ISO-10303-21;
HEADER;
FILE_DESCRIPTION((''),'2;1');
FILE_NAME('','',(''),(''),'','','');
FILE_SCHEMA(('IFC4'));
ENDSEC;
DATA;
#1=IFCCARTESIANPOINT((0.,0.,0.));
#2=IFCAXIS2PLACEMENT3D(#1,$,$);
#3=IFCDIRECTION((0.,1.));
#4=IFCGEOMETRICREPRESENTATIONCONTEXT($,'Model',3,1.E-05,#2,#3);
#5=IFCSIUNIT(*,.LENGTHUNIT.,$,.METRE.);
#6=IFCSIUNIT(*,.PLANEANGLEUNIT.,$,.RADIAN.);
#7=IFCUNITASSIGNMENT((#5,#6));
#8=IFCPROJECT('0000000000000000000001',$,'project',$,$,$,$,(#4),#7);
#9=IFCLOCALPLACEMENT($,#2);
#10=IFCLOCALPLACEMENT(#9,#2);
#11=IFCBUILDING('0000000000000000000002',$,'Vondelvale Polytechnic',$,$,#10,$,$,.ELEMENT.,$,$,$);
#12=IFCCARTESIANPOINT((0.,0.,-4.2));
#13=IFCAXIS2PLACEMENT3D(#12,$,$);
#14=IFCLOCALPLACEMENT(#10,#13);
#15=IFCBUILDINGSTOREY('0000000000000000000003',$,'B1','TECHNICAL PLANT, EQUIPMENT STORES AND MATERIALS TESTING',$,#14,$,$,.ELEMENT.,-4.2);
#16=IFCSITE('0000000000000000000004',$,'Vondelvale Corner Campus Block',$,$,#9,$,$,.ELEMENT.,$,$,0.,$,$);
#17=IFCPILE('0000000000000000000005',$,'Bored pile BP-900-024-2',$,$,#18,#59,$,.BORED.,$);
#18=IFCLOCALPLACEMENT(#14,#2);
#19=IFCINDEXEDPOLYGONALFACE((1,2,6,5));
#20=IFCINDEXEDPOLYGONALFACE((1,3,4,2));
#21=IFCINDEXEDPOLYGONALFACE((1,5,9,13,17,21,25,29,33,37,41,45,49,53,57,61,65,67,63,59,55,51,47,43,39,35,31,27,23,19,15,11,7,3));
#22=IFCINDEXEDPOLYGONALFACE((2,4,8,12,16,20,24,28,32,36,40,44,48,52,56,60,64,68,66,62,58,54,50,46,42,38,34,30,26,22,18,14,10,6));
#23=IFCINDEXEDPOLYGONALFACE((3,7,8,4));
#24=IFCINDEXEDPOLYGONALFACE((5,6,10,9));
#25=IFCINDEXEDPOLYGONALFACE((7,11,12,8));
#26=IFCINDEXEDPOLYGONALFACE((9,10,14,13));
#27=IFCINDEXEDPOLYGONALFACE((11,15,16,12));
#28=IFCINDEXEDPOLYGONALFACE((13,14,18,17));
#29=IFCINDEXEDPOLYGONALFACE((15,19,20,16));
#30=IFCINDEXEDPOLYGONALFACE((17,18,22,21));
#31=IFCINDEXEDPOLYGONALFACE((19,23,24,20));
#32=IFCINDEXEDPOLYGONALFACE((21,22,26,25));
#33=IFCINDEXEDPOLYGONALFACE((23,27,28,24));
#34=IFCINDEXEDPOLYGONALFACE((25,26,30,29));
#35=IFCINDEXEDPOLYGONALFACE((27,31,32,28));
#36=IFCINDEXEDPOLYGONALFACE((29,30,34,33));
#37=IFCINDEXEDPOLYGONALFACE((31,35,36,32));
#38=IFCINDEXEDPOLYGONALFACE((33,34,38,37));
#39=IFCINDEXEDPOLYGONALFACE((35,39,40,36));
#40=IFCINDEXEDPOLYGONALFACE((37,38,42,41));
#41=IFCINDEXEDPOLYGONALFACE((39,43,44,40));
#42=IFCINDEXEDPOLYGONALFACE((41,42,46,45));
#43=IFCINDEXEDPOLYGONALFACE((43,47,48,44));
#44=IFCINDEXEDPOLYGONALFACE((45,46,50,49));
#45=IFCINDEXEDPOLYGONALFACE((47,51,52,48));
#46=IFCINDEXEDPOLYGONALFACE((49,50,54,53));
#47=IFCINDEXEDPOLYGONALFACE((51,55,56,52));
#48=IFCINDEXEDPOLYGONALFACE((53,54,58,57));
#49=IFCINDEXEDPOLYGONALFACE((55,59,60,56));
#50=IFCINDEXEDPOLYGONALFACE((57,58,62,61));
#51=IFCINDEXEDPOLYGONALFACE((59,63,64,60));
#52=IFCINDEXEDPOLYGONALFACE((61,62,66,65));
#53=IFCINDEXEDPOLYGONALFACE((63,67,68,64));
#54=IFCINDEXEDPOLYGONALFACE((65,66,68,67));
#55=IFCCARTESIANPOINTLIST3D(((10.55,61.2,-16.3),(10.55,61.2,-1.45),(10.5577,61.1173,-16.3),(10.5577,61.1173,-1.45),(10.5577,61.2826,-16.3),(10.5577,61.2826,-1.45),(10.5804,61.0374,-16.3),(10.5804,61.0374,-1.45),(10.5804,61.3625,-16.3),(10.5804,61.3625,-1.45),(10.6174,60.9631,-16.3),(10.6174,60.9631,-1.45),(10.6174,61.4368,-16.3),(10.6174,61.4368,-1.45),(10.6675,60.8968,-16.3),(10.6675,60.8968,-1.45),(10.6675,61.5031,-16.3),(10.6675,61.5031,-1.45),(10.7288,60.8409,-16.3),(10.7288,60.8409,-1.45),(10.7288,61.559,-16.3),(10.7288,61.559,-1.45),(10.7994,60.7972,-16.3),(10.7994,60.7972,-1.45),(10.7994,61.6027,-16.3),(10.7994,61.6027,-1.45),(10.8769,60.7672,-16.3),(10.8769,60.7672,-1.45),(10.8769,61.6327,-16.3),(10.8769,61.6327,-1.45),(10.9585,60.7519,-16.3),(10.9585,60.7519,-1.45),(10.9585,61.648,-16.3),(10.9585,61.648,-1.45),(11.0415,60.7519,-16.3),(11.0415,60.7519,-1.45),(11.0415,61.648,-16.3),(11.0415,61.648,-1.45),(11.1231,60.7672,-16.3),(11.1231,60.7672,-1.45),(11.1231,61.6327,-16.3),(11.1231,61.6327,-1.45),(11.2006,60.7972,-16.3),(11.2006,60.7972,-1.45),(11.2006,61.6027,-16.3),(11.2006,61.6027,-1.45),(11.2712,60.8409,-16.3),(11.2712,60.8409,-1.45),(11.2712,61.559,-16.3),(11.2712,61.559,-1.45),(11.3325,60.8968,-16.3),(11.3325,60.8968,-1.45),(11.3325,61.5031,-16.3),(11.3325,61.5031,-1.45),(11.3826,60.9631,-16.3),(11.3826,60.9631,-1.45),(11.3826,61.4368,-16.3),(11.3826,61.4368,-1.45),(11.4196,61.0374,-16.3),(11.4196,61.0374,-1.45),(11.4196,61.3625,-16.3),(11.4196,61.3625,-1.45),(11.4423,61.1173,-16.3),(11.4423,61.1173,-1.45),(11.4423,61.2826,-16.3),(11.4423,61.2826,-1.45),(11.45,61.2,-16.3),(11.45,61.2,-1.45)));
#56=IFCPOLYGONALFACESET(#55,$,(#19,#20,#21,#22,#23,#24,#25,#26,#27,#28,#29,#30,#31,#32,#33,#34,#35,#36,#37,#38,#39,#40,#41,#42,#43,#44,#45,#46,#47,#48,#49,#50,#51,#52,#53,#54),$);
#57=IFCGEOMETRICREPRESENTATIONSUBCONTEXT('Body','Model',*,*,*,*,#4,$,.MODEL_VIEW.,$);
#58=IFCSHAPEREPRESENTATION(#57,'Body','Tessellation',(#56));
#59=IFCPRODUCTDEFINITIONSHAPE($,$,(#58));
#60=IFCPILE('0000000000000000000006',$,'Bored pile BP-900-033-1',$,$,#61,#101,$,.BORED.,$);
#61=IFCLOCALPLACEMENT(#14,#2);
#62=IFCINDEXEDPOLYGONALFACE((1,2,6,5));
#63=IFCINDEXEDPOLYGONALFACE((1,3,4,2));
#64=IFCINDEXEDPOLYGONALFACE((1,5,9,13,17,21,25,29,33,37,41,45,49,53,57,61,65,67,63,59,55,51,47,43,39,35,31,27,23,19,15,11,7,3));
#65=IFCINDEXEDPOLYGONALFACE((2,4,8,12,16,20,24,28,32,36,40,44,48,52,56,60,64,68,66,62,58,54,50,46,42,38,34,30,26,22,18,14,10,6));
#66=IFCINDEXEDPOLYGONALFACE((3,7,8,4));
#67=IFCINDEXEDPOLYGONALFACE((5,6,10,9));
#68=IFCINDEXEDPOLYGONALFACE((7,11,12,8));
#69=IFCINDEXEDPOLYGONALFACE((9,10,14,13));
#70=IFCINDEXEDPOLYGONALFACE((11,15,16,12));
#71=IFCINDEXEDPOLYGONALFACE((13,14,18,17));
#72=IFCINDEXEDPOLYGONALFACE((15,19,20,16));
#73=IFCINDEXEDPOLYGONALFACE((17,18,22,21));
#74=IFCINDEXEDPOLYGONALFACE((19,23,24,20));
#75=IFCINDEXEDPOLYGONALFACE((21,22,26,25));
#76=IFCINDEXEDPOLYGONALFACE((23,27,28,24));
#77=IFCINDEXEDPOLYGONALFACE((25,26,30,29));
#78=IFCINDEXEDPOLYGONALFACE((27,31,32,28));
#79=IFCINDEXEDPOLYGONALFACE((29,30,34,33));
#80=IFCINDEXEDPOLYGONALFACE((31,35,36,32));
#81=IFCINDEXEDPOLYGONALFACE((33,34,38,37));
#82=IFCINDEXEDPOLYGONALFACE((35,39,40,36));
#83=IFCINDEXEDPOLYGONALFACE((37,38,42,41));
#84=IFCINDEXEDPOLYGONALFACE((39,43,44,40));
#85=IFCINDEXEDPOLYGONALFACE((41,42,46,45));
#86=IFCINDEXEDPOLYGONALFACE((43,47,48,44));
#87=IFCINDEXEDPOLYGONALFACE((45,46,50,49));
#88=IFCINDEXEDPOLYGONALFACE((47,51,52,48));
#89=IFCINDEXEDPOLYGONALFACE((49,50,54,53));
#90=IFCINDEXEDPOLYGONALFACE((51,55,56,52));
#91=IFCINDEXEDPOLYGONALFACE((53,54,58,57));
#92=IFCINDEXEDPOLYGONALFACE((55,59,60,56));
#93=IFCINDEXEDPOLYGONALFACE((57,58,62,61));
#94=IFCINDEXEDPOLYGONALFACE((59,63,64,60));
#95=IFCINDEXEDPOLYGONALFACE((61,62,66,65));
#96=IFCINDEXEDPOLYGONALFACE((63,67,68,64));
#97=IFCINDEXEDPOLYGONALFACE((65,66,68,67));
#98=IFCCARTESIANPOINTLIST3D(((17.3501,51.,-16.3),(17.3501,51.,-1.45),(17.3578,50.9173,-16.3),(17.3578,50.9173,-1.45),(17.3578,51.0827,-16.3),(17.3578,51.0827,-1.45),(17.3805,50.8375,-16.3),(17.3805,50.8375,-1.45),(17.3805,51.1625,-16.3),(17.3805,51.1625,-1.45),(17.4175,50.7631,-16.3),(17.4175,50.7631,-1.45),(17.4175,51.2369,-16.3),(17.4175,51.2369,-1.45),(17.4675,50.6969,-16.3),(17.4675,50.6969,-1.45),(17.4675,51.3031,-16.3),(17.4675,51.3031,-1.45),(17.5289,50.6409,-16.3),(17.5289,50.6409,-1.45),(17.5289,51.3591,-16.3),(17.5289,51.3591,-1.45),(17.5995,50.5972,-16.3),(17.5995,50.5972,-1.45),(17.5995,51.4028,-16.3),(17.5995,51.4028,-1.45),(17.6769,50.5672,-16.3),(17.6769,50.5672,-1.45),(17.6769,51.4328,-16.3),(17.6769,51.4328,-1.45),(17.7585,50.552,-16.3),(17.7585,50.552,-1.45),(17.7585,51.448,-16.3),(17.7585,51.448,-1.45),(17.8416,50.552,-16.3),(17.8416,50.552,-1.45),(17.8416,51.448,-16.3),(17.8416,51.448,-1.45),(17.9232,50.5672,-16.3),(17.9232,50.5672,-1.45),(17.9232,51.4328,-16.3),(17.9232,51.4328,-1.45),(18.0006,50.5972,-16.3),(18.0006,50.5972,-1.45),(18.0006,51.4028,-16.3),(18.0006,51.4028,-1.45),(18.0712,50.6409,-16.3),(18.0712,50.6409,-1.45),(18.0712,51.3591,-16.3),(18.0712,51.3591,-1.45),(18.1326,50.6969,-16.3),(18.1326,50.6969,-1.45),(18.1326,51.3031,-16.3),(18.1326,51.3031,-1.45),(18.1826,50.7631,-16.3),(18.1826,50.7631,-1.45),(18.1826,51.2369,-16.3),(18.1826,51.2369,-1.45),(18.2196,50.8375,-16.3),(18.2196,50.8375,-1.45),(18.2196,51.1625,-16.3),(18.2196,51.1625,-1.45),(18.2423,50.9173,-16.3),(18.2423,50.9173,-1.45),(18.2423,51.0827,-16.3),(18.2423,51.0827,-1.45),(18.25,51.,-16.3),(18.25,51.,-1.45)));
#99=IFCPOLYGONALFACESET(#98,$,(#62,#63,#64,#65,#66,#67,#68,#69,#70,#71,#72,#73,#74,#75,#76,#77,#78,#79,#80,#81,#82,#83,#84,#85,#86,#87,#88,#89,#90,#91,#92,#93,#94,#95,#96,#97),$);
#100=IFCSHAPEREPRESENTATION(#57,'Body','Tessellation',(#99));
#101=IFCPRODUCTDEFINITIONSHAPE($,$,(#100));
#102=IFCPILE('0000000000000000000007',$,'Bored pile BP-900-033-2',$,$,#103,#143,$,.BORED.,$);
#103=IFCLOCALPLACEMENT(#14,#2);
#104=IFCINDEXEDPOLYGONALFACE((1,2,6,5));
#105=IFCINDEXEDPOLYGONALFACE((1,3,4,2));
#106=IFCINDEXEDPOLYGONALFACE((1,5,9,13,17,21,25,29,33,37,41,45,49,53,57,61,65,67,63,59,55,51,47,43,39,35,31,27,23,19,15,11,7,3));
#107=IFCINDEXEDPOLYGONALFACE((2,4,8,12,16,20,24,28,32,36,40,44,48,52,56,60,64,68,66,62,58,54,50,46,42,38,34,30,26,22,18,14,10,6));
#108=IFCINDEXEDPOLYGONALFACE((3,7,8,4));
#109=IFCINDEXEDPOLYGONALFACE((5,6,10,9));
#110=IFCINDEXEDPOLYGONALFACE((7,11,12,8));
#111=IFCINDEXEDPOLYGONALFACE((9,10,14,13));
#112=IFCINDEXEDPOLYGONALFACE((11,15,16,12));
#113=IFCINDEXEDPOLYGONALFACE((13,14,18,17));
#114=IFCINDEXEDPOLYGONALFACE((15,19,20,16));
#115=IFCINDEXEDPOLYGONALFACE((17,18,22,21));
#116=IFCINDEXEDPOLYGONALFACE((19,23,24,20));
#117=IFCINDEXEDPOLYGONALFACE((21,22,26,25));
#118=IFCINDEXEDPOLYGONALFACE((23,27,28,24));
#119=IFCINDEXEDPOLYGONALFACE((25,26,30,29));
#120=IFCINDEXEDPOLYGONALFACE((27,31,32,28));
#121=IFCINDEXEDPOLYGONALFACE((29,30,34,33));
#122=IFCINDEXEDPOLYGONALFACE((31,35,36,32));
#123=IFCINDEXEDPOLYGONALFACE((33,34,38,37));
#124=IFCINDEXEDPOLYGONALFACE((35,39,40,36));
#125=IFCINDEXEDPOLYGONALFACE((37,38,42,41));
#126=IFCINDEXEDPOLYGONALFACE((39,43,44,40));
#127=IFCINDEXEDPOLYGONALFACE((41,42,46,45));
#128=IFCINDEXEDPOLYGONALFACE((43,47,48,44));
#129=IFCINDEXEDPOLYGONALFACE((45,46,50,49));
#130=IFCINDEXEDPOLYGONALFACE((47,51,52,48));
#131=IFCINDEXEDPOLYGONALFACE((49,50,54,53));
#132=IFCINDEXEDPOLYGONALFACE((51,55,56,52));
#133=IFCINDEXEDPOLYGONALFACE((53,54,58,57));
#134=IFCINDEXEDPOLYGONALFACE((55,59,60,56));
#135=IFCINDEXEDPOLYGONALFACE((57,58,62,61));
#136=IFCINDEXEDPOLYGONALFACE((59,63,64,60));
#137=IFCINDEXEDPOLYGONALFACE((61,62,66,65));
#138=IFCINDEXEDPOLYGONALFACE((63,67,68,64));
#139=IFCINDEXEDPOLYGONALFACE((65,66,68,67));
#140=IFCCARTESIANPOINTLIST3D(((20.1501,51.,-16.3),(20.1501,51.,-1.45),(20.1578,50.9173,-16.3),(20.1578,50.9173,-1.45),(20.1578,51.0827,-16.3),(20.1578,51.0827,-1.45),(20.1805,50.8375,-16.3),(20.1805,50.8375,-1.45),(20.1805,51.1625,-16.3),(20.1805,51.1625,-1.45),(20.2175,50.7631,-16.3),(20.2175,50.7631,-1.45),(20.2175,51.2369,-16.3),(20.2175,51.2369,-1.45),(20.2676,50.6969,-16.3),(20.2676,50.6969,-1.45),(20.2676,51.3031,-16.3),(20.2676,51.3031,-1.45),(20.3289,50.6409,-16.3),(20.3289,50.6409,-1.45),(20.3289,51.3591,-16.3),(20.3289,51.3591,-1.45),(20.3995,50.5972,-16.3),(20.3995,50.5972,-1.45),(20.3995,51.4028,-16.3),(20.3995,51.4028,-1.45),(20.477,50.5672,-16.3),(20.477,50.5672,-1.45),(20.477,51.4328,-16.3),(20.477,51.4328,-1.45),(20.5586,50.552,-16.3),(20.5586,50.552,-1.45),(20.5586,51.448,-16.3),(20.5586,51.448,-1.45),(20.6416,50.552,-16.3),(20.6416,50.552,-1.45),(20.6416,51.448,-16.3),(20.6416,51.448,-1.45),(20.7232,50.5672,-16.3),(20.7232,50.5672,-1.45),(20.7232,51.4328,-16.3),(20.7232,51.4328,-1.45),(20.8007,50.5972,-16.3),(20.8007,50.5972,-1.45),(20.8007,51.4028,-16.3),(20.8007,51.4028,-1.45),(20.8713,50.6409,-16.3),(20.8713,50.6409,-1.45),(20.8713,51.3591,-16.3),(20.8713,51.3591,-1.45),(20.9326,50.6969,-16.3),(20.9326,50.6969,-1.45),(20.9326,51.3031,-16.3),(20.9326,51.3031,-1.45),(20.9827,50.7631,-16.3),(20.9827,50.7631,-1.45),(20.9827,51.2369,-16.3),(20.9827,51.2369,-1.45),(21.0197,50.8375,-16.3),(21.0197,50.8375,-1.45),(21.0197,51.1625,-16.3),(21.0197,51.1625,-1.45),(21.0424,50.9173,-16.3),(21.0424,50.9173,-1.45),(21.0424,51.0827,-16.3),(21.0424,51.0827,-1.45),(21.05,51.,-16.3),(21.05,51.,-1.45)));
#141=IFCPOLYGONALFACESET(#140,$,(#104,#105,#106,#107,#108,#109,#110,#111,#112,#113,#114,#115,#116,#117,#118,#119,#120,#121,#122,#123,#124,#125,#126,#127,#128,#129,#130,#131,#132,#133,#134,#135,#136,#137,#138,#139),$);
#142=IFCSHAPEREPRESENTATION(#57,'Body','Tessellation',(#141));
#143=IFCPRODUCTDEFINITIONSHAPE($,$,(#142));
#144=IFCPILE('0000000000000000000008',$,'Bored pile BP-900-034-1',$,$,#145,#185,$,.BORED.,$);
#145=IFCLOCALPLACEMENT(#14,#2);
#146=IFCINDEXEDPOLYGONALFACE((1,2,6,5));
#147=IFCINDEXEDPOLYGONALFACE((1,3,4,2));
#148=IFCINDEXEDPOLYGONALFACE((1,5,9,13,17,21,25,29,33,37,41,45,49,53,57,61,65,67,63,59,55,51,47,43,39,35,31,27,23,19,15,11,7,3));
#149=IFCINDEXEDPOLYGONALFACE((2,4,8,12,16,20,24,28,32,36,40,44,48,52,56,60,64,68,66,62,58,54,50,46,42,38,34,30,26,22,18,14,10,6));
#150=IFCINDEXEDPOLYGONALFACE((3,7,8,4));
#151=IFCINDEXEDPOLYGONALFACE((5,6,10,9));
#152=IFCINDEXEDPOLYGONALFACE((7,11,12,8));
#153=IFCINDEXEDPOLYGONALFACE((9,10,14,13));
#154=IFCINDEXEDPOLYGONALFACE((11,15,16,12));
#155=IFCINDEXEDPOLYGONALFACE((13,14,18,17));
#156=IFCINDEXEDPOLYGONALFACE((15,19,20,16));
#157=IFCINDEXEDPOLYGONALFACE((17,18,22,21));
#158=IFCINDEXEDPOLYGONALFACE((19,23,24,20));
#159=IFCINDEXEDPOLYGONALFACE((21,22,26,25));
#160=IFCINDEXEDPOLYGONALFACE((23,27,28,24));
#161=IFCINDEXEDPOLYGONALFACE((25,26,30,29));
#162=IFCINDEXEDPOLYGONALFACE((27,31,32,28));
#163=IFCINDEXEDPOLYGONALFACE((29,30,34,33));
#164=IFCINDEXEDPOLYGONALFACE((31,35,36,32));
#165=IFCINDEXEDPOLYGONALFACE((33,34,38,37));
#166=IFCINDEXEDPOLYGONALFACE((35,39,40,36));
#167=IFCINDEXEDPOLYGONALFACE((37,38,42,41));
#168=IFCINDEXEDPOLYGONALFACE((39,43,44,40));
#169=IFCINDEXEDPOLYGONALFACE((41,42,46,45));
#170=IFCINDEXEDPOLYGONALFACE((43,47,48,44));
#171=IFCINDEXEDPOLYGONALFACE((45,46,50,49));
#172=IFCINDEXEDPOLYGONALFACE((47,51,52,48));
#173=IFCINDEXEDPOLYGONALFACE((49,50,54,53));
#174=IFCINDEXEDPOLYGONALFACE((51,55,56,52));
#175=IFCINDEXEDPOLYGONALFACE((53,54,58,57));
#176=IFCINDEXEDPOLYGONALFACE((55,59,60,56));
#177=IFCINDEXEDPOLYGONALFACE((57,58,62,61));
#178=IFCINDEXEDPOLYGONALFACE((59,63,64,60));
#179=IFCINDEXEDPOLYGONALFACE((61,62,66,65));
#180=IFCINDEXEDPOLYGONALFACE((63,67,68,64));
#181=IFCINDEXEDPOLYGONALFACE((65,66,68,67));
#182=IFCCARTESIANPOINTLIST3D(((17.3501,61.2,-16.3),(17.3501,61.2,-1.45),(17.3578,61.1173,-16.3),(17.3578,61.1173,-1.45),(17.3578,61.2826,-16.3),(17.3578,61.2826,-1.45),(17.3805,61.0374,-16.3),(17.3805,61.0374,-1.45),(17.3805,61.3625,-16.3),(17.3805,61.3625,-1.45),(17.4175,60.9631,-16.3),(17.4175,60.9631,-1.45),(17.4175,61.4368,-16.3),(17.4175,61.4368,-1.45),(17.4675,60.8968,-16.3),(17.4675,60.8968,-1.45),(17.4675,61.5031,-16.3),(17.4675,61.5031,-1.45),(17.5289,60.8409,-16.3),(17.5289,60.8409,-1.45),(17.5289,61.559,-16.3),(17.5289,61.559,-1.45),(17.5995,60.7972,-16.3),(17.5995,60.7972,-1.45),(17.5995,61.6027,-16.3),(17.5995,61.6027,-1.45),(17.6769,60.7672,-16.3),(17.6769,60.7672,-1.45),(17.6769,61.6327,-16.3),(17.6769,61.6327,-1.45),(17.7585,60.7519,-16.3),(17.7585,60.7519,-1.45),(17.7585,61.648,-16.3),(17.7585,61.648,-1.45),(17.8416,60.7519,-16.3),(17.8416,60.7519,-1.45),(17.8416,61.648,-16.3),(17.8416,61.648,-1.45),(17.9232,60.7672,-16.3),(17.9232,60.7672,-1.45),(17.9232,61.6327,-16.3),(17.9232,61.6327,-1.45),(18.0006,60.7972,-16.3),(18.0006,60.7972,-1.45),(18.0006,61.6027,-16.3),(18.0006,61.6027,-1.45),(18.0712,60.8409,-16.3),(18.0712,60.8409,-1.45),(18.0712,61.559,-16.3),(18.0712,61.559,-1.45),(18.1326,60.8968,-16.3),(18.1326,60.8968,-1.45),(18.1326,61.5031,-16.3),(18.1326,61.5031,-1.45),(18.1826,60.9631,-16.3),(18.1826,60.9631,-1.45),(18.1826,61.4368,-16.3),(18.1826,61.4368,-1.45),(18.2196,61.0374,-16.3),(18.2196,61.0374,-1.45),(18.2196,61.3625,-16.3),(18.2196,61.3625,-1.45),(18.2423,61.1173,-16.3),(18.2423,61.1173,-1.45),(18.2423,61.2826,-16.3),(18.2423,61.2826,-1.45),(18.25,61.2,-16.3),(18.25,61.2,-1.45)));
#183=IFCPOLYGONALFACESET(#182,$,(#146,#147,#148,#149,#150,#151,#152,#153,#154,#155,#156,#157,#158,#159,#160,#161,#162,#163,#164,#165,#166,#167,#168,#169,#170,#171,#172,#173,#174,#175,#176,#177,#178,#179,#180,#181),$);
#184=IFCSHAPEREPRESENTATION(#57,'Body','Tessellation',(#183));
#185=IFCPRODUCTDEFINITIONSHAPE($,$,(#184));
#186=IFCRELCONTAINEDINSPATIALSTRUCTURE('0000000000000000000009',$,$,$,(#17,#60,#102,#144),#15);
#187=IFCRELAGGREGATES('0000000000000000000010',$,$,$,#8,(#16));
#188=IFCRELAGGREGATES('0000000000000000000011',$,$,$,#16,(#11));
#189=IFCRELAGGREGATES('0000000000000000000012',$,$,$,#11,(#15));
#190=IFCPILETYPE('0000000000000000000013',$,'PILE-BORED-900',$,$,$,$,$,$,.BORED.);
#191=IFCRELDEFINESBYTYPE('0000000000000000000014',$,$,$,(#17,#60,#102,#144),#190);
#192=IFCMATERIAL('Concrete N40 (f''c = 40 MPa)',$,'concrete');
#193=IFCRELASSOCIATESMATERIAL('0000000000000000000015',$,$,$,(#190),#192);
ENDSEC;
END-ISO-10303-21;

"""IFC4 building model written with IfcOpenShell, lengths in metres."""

from ifc_helpers import new_model, si_unit, direction, frame, origin, origin_2d, place, context, subcontext, project, spatial, circle, extrude, material, material_profile, profile_set, type_object, element, save


model = new_model("IFC4")

# Units and contexts
model_context = context("Model", 3, precision=1e-05, world=origin(), true_north=direction((0.0, 1.0)))
body_context = subcontext(model_context, "Body", "Model", "MODEL_VIEW")
ifc_project = project(units=[si_unit("LENGTHUNIT", "METRE"), si_unit("PLANEANGLEUNIT", "RADIAN")], contexts=[model_context])

# Site, building, storey
site_placement = place(None, origin())
site = spatial("IfcSite", under=ifc_project, at=site_placement, Name="Vondelvale Corner Campus Block", CompositionType="ELEMENT", RefElevation=0.0)
building_placement = place(site_placement, origin())
building = spatial("IfcBuilding", under=site, at=building_placement, Name="Vondelvale Polytechnic", CompositionType="ELEMENT")
storey_placement = place(building_placement, frame((0.0, 0.0, -4.2)))
storey = spatial("IfcBuildingStorey", under=building, at=storey_placement, Name="B1", Description="TECHNICAL PLANT, EQUIPMENT STORES AND MATERIALS TESTING", CompositionType="ELEMENT", Elevation=-4.2)

# Shared definitions
ifc_material_1 = material(Name="Concrete N40 (f'c = 40 MPa)", Category="concrete")

# Piles
ifc_material_profile_1 = material_profile(ifc_material_1, circle(Radius=0.45, at=origin_2d()), Name="PILE-D900")
ifc_profile_set_1 = profile_set([ifc_material_profile_1], Name="Concrete N40 (f'c = 40 MPa)")
pile_type_1 = type_object("IfcPileType", Name="PILE-BORED-900", PredefinedType="BORED", material=ifc_profile_set_1)
for number, where, z_axis, x_axis, name in (
    (1, (11.0, 61.2, -1.45), (0.0, 0.0, -1.0), (1.0, 0.0, 0.0), "Bored pile BP-900-024-2"),
    (2, (17.8, 51.0, -1.45), (0.0, 0.0, -1.0), (1.0, 0.0, 0.0), "Bored pile BP-900-033-1"),
    (3, (20.6001, 51.0, -1.45), (0.0, 0.0, -1.0), (1.0, 0.0, 0.0), "Bored pile BP-900-033-2"),
    (4, (17.8, 61.2, -1.45), (0.0, 0.0, -1.0), (1.0, 0.0, 0.0), "Bored pile BP-900-034-1"),
):
    element("IfcPile", number, at=place(storey_placement, frame(where, z_axis=z_axis, x_axis=x_axis)), inside=storey, type_object=pile_type_1, Name=name, PredefinedType="BORED", context=body_context, shape_type="SweptSolid", body=[
        extrude(circle(Radius=0.45, at=origin_2d()), origin(), (0.0, 0.0, 1.0), 14.8501),
    ])

save(model, "model.ifc")
